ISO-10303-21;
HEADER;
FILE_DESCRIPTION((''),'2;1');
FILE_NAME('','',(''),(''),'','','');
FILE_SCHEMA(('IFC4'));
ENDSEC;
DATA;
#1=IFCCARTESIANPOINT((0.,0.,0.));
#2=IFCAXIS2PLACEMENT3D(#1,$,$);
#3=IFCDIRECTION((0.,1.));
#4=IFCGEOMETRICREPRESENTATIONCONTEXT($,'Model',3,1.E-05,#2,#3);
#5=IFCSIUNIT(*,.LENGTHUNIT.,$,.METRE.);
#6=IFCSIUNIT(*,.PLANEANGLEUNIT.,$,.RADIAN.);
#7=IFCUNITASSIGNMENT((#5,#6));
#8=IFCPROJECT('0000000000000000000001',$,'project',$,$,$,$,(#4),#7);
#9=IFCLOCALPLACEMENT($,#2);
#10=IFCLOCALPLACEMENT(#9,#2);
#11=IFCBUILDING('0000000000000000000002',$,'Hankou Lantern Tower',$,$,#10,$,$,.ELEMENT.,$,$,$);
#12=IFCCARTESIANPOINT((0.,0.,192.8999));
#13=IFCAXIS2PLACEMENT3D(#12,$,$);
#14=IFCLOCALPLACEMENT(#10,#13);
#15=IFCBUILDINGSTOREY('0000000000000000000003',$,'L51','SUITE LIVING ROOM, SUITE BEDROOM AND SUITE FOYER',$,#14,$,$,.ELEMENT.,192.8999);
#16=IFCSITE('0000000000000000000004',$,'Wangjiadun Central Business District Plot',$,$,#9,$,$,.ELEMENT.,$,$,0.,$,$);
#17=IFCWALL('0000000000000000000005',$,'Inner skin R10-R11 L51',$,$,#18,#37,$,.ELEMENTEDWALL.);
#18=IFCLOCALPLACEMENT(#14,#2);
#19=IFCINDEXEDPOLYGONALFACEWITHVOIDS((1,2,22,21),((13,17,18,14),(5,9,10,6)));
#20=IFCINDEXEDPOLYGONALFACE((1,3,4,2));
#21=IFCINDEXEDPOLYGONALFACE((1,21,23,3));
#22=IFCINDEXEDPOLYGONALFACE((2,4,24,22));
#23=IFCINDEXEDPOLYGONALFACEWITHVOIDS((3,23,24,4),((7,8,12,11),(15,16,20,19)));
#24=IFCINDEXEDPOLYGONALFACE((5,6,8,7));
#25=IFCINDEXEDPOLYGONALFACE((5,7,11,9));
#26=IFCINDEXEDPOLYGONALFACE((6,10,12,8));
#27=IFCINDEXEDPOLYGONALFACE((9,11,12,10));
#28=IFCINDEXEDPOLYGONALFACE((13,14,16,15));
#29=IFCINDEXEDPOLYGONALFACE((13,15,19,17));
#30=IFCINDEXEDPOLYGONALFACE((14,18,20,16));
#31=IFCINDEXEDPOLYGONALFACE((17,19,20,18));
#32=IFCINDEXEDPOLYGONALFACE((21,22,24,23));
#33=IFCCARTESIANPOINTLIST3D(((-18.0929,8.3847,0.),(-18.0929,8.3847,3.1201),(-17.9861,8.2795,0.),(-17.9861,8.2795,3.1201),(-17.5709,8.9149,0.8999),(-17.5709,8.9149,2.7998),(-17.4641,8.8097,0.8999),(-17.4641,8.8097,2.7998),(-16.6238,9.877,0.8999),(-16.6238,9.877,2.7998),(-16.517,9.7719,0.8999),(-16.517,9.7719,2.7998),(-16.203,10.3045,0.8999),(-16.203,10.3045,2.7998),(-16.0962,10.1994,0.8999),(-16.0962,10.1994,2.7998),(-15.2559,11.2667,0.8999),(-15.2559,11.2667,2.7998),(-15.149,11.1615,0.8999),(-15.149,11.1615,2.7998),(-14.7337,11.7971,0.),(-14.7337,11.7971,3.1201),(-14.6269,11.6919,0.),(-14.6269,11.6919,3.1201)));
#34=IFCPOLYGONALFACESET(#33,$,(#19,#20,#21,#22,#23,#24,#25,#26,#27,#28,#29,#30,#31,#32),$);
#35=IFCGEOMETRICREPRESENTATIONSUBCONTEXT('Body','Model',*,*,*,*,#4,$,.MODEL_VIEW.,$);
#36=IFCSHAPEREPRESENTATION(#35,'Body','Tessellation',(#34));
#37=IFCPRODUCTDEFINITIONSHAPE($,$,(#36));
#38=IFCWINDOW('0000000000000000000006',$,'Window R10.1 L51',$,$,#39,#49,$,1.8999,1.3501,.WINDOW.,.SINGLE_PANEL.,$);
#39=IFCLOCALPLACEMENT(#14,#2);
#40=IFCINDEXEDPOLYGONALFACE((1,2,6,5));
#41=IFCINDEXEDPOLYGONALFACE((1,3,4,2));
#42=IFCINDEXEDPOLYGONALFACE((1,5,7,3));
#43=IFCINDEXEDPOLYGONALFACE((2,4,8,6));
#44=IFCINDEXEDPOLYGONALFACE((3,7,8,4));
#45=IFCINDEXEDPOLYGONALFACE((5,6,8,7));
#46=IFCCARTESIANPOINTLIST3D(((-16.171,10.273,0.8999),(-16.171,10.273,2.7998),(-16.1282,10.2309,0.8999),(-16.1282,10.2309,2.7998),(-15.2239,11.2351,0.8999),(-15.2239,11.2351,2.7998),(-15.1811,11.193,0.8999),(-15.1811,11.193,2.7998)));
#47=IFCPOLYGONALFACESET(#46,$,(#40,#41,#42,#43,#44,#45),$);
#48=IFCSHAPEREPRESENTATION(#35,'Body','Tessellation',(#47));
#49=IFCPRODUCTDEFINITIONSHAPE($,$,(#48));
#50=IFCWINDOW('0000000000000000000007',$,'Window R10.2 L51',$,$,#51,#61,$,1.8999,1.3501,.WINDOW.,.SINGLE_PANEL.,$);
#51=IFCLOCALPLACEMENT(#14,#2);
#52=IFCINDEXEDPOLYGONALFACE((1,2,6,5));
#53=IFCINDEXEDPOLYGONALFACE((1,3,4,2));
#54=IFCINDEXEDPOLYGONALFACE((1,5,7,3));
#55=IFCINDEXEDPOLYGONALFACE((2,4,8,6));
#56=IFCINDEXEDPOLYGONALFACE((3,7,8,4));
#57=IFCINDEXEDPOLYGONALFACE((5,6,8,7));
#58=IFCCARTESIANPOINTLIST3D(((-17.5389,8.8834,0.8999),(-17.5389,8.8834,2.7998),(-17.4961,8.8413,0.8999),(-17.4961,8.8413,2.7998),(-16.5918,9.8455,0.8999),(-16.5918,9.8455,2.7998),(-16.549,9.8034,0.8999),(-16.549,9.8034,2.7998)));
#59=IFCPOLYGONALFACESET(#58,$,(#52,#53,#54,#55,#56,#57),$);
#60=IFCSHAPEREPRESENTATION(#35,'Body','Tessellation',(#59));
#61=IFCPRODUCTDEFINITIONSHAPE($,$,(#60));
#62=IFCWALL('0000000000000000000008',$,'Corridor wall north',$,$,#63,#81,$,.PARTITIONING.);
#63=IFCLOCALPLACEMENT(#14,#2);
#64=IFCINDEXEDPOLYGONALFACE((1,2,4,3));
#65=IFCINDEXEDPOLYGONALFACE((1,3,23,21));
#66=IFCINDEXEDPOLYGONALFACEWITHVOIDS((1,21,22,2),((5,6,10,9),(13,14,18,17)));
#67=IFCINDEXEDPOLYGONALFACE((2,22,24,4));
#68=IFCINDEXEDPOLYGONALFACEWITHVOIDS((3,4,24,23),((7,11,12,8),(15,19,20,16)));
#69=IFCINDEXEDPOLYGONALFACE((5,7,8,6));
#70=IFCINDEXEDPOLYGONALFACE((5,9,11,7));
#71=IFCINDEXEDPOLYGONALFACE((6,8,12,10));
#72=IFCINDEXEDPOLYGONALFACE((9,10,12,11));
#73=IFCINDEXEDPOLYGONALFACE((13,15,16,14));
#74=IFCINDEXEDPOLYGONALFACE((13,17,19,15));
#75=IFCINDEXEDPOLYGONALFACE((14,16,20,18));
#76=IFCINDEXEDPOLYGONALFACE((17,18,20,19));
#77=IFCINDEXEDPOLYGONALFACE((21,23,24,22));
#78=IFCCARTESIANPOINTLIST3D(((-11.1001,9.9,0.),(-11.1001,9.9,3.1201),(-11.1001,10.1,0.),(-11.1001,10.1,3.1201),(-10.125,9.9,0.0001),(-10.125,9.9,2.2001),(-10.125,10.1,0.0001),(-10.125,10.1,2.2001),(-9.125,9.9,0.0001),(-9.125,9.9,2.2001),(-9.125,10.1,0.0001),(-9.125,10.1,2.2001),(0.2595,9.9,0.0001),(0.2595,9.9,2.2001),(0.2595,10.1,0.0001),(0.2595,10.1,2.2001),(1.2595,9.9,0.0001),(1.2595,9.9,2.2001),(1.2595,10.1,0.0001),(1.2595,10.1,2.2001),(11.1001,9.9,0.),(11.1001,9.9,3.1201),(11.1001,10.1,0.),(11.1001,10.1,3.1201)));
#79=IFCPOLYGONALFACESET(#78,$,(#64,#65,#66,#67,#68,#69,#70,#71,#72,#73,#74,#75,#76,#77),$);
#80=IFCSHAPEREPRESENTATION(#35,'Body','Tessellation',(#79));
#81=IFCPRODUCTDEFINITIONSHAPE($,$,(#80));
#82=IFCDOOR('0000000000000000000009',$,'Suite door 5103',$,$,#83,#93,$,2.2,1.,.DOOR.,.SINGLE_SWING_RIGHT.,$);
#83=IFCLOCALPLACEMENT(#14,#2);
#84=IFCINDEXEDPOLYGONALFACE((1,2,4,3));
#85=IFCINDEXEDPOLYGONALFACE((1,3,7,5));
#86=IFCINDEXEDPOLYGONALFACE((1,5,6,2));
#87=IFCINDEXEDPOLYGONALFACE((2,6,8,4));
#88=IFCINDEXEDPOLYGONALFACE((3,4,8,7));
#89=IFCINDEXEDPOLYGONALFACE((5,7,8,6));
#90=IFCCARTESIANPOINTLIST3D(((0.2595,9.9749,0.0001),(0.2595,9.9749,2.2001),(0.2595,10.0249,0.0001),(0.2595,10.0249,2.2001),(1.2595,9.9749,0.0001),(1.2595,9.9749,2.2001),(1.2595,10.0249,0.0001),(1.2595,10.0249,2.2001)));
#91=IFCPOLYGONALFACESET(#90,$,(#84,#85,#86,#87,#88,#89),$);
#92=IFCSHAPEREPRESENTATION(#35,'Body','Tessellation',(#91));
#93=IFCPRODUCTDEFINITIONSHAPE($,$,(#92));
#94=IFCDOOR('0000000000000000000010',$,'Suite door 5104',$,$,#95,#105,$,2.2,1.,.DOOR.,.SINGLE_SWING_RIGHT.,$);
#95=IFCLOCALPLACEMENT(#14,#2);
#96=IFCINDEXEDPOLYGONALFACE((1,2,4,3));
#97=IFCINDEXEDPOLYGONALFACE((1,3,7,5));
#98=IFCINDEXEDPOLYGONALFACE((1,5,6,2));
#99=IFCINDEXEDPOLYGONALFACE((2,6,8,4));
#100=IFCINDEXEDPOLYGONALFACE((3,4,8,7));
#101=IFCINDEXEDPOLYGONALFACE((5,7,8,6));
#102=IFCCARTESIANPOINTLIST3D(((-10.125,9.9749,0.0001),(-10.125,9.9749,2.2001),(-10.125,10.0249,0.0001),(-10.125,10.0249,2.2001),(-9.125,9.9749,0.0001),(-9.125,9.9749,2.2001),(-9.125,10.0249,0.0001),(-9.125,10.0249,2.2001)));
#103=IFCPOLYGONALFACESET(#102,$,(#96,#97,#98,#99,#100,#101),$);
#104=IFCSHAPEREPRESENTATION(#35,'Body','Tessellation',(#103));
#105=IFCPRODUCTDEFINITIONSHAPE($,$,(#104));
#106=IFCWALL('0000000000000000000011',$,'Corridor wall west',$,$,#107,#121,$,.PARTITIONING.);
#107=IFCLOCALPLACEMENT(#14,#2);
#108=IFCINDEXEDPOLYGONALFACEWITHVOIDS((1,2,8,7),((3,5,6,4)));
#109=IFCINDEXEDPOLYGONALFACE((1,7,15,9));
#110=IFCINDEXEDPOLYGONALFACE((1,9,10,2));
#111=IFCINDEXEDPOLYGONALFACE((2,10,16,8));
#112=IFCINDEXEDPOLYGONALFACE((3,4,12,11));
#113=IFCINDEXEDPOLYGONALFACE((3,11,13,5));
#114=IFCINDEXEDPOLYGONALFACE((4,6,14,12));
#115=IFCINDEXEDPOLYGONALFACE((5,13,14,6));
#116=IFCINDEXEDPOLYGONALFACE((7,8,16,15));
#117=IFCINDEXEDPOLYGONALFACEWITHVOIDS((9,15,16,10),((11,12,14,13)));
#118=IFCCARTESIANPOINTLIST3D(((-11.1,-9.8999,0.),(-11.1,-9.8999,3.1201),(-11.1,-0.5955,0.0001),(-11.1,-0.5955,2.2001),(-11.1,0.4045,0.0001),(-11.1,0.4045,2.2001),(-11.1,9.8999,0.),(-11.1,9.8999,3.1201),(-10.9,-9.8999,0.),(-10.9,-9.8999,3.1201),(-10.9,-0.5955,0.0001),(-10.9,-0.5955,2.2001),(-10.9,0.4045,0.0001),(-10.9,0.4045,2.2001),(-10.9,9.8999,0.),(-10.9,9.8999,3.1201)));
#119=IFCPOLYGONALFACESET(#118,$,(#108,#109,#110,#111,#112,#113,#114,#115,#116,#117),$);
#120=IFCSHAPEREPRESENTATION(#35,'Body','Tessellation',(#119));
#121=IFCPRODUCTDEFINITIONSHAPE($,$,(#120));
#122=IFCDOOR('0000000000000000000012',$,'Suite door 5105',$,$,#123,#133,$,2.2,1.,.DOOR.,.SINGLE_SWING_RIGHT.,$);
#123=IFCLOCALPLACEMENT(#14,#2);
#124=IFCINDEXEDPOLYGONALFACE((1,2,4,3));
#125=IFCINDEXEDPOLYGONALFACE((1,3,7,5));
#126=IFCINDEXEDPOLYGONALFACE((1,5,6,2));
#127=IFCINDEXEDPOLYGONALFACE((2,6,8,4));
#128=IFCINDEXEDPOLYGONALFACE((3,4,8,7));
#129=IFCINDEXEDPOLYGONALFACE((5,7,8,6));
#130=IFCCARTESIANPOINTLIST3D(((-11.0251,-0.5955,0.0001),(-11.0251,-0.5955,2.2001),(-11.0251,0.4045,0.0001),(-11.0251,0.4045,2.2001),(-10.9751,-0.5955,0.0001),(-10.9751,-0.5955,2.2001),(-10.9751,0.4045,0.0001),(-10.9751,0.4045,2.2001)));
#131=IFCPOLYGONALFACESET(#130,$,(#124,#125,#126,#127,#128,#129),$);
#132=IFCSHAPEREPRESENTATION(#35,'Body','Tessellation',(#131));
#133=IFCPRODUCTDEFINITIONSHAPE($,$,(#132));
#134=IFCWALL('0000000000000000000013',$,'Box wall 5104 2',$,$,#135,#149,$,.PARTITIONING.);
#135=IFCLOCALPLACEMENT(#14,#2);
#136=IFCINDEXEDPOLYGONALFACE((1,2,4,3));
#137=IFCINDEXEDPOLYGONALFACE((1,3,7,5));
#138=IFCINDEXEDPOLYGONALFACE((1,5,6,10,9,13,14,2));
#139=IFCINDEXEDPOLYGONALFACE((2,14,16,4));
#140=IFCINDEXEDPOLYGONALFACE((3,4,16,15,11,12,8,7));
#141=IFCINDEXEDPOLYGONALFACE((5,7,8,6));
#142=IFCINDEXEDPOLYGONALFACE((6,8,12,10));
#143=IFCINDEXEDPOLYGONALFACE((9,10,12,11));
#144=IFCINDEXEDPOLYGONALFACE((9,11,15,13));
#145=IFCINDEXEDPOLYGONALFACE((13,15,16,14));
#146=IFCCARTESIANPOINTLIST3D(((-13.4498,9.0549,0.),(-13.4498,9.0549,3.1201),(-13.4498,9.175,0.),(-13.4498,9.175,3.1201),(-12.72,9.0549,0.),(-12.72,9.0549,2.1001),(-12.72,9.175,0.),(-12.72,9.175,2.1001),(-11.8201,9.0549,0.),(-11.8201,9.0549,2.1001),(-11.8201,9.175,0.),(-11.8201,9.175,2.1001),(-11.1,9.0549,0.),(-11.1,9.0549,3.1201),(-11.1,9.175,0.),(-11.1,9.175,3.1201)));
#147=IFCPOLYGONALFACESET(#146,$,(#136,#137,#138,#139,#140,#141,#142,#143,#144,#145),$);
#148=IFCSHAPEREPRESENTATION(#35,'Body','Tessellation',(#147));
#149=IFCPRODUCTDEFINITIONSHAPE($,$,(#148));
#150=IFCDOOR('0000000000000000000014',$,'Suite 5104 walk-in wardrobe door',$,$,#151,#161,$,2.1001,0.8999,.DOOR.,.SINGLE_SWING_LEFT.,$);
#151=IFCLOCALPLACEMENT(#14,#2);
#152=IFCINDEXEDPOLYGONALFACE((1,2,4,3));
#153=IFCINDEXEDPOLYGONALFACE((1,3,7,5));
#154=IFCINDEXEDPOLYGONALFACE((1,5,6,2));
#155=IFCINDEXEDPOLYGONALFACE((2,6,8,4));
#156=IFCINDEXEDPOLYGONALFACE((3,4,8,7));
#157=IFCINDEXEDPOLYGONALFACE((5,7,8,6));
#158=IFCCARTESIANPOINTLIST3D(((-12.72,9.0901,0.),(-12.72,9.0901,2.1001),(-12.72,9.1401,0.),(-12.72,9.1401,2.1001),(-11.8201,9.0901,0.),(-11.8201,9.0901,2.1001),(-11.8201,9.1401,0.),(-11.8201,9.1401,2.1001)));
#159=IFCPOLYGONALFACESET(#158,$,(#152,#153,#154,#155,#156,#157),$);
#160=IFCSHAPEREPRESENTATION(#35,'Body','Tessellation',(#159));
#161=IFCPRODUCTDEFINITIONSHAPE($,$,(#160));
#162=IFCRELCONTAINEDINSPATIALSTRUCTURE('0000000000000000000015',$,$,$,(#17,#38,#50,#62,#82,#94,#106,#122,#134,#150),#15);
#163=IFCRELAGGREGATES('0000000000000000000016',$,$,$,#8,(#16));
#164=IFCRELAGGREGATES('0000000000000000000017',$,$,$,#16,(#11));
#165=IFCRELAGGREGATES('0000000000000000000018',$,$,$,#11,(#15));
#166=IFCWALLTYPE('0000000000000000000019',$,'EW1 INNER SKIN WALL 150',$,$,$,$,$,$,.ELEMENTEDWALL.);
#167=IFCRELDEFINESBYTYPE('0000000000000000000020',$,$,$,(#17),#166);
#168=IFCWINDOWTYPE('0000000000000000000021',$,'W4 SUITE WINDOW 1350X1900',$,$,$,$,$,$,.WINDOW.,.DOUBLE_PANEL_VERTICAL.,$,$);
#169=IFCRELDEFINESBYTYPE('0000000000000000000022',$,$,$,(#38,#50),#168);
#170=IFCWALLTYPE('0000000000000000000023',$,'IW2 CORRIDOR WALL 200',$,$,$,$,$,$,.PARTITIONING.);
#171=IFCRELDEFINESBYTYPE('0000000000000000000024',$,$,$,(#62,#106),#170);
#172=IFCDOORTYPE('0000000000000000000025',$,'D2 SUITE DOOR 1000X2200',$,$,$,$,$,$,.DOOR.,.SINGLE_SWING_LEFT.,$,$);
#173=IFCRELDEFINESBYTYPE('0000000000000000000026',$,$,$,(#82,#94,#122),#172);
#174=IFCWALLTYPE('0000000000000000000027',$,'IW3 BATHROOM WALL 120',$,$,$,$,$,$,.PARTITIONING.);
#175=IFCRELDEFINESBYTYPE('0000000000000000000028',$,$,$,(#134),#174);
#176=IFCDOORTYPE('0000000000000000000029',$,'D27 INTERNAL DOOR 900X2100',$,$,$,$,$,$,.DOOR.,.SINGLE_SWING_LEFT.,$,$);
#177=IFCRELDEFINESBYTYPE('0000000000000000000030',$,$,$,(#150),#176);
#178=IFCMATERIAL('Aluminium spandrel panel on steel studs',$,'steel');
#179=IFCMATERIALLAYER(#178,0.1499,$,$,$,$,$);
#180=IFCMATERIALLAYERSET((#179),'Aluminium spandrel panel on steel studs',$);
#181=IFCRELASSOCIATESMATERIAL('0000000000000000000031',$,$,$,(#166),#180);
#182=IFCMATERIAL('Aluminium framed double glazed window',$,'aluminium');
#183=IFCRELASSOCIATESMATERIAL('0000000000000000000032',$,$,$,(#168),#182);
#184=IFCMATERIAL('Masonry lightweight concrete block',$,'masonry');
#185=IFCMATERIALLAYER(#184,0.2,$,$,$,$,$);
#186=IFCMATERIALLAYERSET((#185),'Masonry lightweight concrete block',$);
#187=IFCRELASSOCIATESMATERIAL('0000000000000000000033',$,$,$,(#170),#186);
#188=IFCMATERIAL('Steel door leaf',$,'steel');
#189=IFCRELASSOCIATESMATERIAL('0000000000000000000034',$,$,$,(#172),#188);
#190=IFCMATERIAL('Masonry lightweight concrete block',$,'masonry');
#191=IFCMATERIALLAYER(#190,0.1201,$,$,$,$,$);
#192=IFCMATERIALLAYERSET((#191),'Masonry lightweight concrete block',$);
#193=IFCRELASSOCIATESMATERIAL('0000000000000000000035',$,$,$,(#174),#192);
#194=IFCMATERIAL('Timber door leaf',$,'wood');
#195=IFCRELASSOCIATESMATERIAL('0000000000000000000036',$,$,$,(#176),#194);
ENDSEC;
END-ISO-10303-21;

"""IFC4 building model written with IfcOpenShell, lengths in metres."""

from ifc_helpers import new_model, si_unit, direction, frame, frame_2d, origin, place, context, subcontext, project, spatial, rectangle, extrude, material, layer, layer_set, type_object, element, fill, save


model = new_model("IFC4")

# Units and contexts
model_context = context("Model", 3, precision=1e-05, world=origin(), true_north=direction((0.0, 1.0)))
body_context = subcontext(model_context, "Body", "Model", "MODEL_VIEW")
ifc_project = project(units=[si_unit("LENGTHUNIT", "METRE"), si_unit("PLANEANGLEUNIT", "RADIAN")], contexts=[model_context])

# Site, building, storey
site_placement = place(None, origin())
site = spatial("IfcSite", under=ifc_project, at=site_placement, Name="Wangjiadun Central Business District Plot", CompositionType="ELEMENT", RefElevation=0.0)
building_placement = place(site_placement, origin())
building = spatial("IfcBuilding", under=site, at=building_placement, Name="Hankou Lantern Tower", CompositionType="ELEMENT")
storey_placement = place(building_placement, frame((0.0, 0.0, 192.8999)))
storey = spatial("IfcBuildingStorey", under=building, at=storey_placement, Name="L51", Description="SUITE LIVING ROOM, SUITE BEDROOM AND SUITE FOYER", CompositionType="ELEMENT", Elevation=192.8999)

# Wall, openings, windows
ifc_material_1 = material(Name="Aluminium spandrel panel on steel studs", Category="steel")
ifc_layer_1 = layer(ifc_material_1, 0.1499)
ifc_layer_set_1 = layer_set([ifc_layer_1], Name="Aluminium spandrel panel on steel studs")
wall_type_1 = type_object("IfcWallType", Name="EW1 INNER SKIN WALL 150", PredefinedType="ELEMENTEDWALL", material=ifc_layer_set_1)
wall_1_placement = place(storey_placement, frame((-14.6804, 11.7444, 0.0), z_axis=(0.0, 0.0, 1.0), x_axis=(-0.701527, -0.712643, 0.0)))
wall_1 = element("IfcWall", 1, at=wall_1_placement, inside=storey, type_object=wall_type_1, Name="Inner skin R10-R11 L51", PredefinedType="ELEMENTEDWALL", context=body_context, shape_type="SweptSolid", body=[
    extrude(rectangle(XDim=4.7883, YDim=0.1499, at=frame_2d((2.394, 0.0))), origin(), (0.0, 0.0, 1.0), 3.1201),
])
opening_1_placement = place(wall_1_placement, frame((0.7441, 0.0, 0.8999)))
opening_1 = element("IfcOpeningElement", 2, at=opening_1_placement, cuts=wall_1, PredefinedType="OPENING", context=body_context, shape_type="SweptSolid", body=[
    extrude(rectangle(XDim=1.3501, YDim=1.8999, at=frame_2d((0.675, 0.95))), frame((0.0, 0.085, 0.0), z_axis=(0.0, -1.0, 0.0), x_axis=(1.0, 0.0, 0.0)), (0.0, 0.0, 1.0), 0.1699),
])
opening_2_placement = place(wall_1_placement, frame((2.6941, 0.0, 0.8999)))
opening_2 = element("IfcOpeningElement", 3, at=opening_2_placement, cuts=wall_1, PredefinedType="OPENING", context=body_context, shape_type="SweptSolid", body=[
    extrude(rectangle(XDim=1.3501, YDim=1.8999, at=frame_2d((0.675, 0.95))), frame((0.0, 0.085, 0.0), z_axis=(0.0, -1.0, 0.0), x_axis=(1.0, 0.0, 0.0)), (0.0, 0.0, 1.0), 0.1699),
])
ifc_material_2 = material(Name="Aluminium framed double glazed window", Category="aluminium")
window_type = type_object("IfcWindowType", Name="W4 SUITE WINDOW 1350X1900", PartitioningType="DOUBLE_PANEL_VERTICAL", PredefinedType="WINDOW", material=ifc_material_2)
window_1_placement = place(opening_1_placement, origin())
window_1 = element("IfcWindow", 4, at=window_1_placement, inside=storey, type_object=window_type, Name="Window R10.1 L51", OverallHeight=1.8999, OverallWidth=1.3501, PartitioningType="SINGLE_PANEL", PredefinedType="WINDOW", context=body_context, shape_type="SweptSolid", body=[
    extrude(rectangle(XDim=1.3501, YDim=1.8999, at=frame_2d((0.675, 0.95))), frame((0.0, 0.03, 0.0), z_axis=(0.0, -1.0, 0.0), x_axis=(1.0, 0.0, 0.0)), (0.0, 0.0, 1.0), 0.0601),
])
fill(opening_1, window_1)
window_2_placement = place(opening_2_placement, origin())
window_2 = element("IfcWindow", 5, at=window_2_placement, inside=storey, type_object=window_type, Name="Window R10.2 L51", OverallHeight=1.8999, OverallWidth=1.3501, PartitioningType="SINGLE_PANEL", PredefinedType="WINDOW", context=body_context, shape_type="SweptSolid", body=[
    extrude(rectangle(XDim=1.3501, YDim=1.8999, at=frame_2d((0.675, 0.95))), frame((0.0, 0.03, 0.0), z_axis=(0.0, -1.0, 0.0), x_axis=(1.0, 0.0, 0.0)), (0.0, 0.0, 1.0), 0.0601),
])
fill(opening_2, window_2)

# Wall, openings, doors
ifc_material_3 = material(Name="Masonry lightweight concrete block", Category="masonry")
ifc_layer_2 = layer(ifc_material_3, 0.2)
ifc_layer_set_2 = layer_set([ifc_layer_2], Name="Masonry lightweight concrete block")
wall_type_2 = type_object("IfcWallType", Name="IW2 CORRIDOR WALL 200", PredefinedType="PARTITIONING", material=ifc_layer_set_2)
wall_2_placement = place(storey_placement, frame((-11.1001, 10.0, 0.0), z_axis=(0.0, 0.0, 1.0), x_axis=(1.0, 0.0, 0.0)))
wall_2 = element("IfcWall", 6, at=wall_2_placement, inside=storey, type_object=wall_type_2, Name="Corridor wall north", PredefinedType="PARTITIONING", context=body_context, shape_type="SweptSolid", body=[
    extrude(rectangle(XDim=22.2002, YDim=0.2, at=frame_2d((11.1001, 0.0))), origin(), (0.0, 0.0, 1.0), 3.1201),
])
opening_3_placement = place(wall_2_placement, frame((11.3596, 0.0, 0.0)))
opening_3 = element("IfcOpeningElement", 7, at=opening_3_placement, cuts=wall_2, PredefinedType="OPENING", context=body_context, shape_type="SweptSolid", body=[
    extrude(rectangle(XDim=1.0, YDim=2.2, at=frame_2d((0.5, 1.1001))), frame((0.0, 0.1099, 0.0), z_axis=(0.0, -1.0, 0.0), x_axis=(1.0, 0.0, 0.0)), (0.0, 0.0, 1.0), 0.22),
])
opening_4_placement = place(wall_2_placement, frame((0.9751, 0.0, 0.0)))
opening_4 = element("IfcOpeningElement", 8, at=opening_4_placement, cuts=wall_2, PredefinedType="OPENING", context=body_context, shape_type="SweptSolid", body=[
    extrude(rectangle(XDim=1.0, YDim=2.2, at=frame_2d((0.5, 1.1001))), frame((0.0, 0.1099, 0.0), z_axis=(0.0, -1.0, 0.0), x_axis=(1.0, 0.0, 0.0)), (0.0, 0.0, 1.0), 0.22),
])
ifc_material_4 = material(Name="Steel door leaf", Category="steel")
door_type_1 = type_object("IfcDoorType", Name="D2 SUITE DOOR 1000X2200", OperationType="SINGLE_SWING_LEFT", PredefinedType="DOOR", material=ifc_material_4)
door_1_placement = place(opening_3_placement, origin())
door_1 = element("IfcDoor", 9, at=door_1_placement, inside=storey, type_object=door_type_1, Name="Suite door 5103", OperationType="SINGLE_SWING_RIGHT", OverallHeight=2.2, OverallWidth=1.0, PredefinedType="DOOR", context=body_context, shape_type="SweptSolid", body=[
    extrude(rectangle(XDim=1.0, YDim=2.2, at=frame_2d((0.5, 1.1001))), frame((0.0, 0.0249, 0.0), z_axis=(0.0, -1.0, 0.0), x_axis=(1.0, 0.0, 0.0)), (0.0, 0.0, 1.0), 0.05),
])
fill(opening_3, door_1)
door_2_placement = place(opening_4_placement, origin())
door_2 = element("IfcDoor", 10, at=door_2_placement, inside=storey, type_object=door_type_1, Name="Suite door 5104", OperationType="SINGLE_SWING_RIGHT", OverallHeight=2.2, OverallWidth=1.0, PredefinedType="DOOR", context=body_context, shape_type="SweptSolid", body=[
    extrude(rectangle(XDim=1.0, YDim=2.2, at=frame_2d((0.5, 1.1001))), frame((0.0, 0.0249, 0.0), z_axis=(0.0, -1.0, 0.0), x_axis=(1.0, 0.0, 0.0)), (0.0, 0.0, 1.0), 0.05),
])
fill(opening_4, door_2)

# Walls, openings, doors
wall_3_placement = place(storey_placement, frame((-11.0, 9.8999, 0.0), z_axis=(0.0, 0.0, 1.0), x_axis=(0.0, -1.0, 0.0)))
wall_3 = element("IfcWall", 11, at=wall_3_placement, inside=storey, type_object=wall_type_2, Name="Corridor wall west", PredefinedType="PARTITIONING", context=body_context, shape_type="SweptSolid", body=[
    extrude(rectangle(XDim=19.7998, YDim=0.2, at=frame_2d((9.8999, 0.0))), origin(), (0.0, 0.0, 1.0), 3.1201),
])
opening_5_placement = place(wall_3_placement, frame((9.4954, 0.0, 0.0)))
opening_5 = element("IfcOpeningElement", 12, at=opening_5_placement, cuts=wall_3, PredefinedType="OPENING", context=body_context, shape_type="SweptSolid", body=[
    extrude(rectangle(XDim=1.0, YDim=2.2, at=frame_2d((0.5, 1.1001))), frame((0.0, 0.1099, 0.0), z_axis=(0.0, -1.0, 0.0), x_axis=(1.0, 0.0, 0.0)), (0.0, 0.0, 1.0), 0.22),
])
door_3_placement = place(opening_5_placement, origin())
door_3 = element("IfcDoor", 13, at=door_3_placement, inside=storey, type_object=door_type_1, Name="Suite door 5105", OperationType="SINGLE_SWING_RIGHT", OverallHeight=2.2, OverallWidth=1.0, PredefinedType="DOOR", context=body_context, shape_type="SweptSolid", body=[
    extrude(rectangle(XDim=1.0, YDim=2.2, at=frame_2d((0.5, 1.1001))), frame((0.0, 0.0249, 0.0), z_axis=(0.0, -1.0, 0.0), x_axis=(1.0, 0.0, 0.0)), (0.0, 0.0, 1.0), 0.05),
])
fill(opening_5, door_3)
ifc_material_5 = material(Name="Masonry lightweight concrete block", Category="masonry")
ifc_layer_3 = layer(ifc_material_5, 0.1201)
ifc_layer_set_3 = layer_set([ifc_layer_3], Name="Masonry lightweight concrete block")
wall_type_3 = type_object("IfcWallType", Name="IW3 BATHROOM WALL 120", PredefinedType="PARTITIONING", material=ifc_layer_set_3)
wall_4_placement = place(storey_placement, frame((-11.1001, 9.115, 0.0), z_axis=(0.0, 0.0, 1.0), x_axis=(-1.0, 0.0, 0.0)))
wall_4 = element("IfcWall", 14, at=wall_4_placement, inside=storey, type_object=wall_type_3, Name="Box wall 5104 2", PredefinedType="PARTITIONING", context=body_context, shape_type="SweptSolid", body=[
    extrude(rectangle(XDim=2.3499, YDim=0.1201, at=frame_2d((1.1748, 0.0))), origin(), (0.0, 0.0, 1.0), 3.1201),
])
opening_6_placement = place(wall_4_placement, frame((0.72, 0.0, 0.0)))
opening_6 = element("IfcOpeningElement", 15, at=opening_6_placement, cuts=wall_4, PredefinedType="OPENING", context=body_context, shape_type="SweptSolid", body=[
    extrude(rectangle(XDim=0.8999, YDim=2.1001, at=frame_2d((0.45, 1.05))), frame((0.0, 0.0701, 0.0), z_axis=(0.0, -1.0, 0.0), x_axis=(1.0, 0.0, 0.0)), (0.0, 0.0, 1.0), 0.1401),
])
ifc_material_6 = material(Name="Timber door leaf", Category="wood")
door_type_2 = type_object("IfcDoorType", Name="D27 INTERNAL DOOR 900X2100", OperationType="SINGLE_SWING_LEFT", PredefinedType="DOOR", material=ifc_material_6)
door_4_placement = place(opening_6_placement, origin())
door_4 = element("IfcDoor", 16, at=door_4_placement, inside=storey, type_object=door_type_2, Name="Suite 5104 walk-in wardrobe door", OperationType="SINGLE_SWING_LEFT", OverallHeight=2.1001, OverallWidth=0.8999, PredefinedType="DOOR", context=body_context, shape_type="SweptSolid", body=[
    extrude(rectangle(XDim=0.8999, YDim=2.1001, at=frame_2d((0.45, 1.05))), frame((0.0, 0.0249, 0.0), z_axis=(0.0, -1.0, 0.0), x_axis=(1.0, 0.0, 0.0)), (0.0, 0.0, 1.0), 0.05),
])
fill(opening_6, door_4)

save(model, "model.ifc")
